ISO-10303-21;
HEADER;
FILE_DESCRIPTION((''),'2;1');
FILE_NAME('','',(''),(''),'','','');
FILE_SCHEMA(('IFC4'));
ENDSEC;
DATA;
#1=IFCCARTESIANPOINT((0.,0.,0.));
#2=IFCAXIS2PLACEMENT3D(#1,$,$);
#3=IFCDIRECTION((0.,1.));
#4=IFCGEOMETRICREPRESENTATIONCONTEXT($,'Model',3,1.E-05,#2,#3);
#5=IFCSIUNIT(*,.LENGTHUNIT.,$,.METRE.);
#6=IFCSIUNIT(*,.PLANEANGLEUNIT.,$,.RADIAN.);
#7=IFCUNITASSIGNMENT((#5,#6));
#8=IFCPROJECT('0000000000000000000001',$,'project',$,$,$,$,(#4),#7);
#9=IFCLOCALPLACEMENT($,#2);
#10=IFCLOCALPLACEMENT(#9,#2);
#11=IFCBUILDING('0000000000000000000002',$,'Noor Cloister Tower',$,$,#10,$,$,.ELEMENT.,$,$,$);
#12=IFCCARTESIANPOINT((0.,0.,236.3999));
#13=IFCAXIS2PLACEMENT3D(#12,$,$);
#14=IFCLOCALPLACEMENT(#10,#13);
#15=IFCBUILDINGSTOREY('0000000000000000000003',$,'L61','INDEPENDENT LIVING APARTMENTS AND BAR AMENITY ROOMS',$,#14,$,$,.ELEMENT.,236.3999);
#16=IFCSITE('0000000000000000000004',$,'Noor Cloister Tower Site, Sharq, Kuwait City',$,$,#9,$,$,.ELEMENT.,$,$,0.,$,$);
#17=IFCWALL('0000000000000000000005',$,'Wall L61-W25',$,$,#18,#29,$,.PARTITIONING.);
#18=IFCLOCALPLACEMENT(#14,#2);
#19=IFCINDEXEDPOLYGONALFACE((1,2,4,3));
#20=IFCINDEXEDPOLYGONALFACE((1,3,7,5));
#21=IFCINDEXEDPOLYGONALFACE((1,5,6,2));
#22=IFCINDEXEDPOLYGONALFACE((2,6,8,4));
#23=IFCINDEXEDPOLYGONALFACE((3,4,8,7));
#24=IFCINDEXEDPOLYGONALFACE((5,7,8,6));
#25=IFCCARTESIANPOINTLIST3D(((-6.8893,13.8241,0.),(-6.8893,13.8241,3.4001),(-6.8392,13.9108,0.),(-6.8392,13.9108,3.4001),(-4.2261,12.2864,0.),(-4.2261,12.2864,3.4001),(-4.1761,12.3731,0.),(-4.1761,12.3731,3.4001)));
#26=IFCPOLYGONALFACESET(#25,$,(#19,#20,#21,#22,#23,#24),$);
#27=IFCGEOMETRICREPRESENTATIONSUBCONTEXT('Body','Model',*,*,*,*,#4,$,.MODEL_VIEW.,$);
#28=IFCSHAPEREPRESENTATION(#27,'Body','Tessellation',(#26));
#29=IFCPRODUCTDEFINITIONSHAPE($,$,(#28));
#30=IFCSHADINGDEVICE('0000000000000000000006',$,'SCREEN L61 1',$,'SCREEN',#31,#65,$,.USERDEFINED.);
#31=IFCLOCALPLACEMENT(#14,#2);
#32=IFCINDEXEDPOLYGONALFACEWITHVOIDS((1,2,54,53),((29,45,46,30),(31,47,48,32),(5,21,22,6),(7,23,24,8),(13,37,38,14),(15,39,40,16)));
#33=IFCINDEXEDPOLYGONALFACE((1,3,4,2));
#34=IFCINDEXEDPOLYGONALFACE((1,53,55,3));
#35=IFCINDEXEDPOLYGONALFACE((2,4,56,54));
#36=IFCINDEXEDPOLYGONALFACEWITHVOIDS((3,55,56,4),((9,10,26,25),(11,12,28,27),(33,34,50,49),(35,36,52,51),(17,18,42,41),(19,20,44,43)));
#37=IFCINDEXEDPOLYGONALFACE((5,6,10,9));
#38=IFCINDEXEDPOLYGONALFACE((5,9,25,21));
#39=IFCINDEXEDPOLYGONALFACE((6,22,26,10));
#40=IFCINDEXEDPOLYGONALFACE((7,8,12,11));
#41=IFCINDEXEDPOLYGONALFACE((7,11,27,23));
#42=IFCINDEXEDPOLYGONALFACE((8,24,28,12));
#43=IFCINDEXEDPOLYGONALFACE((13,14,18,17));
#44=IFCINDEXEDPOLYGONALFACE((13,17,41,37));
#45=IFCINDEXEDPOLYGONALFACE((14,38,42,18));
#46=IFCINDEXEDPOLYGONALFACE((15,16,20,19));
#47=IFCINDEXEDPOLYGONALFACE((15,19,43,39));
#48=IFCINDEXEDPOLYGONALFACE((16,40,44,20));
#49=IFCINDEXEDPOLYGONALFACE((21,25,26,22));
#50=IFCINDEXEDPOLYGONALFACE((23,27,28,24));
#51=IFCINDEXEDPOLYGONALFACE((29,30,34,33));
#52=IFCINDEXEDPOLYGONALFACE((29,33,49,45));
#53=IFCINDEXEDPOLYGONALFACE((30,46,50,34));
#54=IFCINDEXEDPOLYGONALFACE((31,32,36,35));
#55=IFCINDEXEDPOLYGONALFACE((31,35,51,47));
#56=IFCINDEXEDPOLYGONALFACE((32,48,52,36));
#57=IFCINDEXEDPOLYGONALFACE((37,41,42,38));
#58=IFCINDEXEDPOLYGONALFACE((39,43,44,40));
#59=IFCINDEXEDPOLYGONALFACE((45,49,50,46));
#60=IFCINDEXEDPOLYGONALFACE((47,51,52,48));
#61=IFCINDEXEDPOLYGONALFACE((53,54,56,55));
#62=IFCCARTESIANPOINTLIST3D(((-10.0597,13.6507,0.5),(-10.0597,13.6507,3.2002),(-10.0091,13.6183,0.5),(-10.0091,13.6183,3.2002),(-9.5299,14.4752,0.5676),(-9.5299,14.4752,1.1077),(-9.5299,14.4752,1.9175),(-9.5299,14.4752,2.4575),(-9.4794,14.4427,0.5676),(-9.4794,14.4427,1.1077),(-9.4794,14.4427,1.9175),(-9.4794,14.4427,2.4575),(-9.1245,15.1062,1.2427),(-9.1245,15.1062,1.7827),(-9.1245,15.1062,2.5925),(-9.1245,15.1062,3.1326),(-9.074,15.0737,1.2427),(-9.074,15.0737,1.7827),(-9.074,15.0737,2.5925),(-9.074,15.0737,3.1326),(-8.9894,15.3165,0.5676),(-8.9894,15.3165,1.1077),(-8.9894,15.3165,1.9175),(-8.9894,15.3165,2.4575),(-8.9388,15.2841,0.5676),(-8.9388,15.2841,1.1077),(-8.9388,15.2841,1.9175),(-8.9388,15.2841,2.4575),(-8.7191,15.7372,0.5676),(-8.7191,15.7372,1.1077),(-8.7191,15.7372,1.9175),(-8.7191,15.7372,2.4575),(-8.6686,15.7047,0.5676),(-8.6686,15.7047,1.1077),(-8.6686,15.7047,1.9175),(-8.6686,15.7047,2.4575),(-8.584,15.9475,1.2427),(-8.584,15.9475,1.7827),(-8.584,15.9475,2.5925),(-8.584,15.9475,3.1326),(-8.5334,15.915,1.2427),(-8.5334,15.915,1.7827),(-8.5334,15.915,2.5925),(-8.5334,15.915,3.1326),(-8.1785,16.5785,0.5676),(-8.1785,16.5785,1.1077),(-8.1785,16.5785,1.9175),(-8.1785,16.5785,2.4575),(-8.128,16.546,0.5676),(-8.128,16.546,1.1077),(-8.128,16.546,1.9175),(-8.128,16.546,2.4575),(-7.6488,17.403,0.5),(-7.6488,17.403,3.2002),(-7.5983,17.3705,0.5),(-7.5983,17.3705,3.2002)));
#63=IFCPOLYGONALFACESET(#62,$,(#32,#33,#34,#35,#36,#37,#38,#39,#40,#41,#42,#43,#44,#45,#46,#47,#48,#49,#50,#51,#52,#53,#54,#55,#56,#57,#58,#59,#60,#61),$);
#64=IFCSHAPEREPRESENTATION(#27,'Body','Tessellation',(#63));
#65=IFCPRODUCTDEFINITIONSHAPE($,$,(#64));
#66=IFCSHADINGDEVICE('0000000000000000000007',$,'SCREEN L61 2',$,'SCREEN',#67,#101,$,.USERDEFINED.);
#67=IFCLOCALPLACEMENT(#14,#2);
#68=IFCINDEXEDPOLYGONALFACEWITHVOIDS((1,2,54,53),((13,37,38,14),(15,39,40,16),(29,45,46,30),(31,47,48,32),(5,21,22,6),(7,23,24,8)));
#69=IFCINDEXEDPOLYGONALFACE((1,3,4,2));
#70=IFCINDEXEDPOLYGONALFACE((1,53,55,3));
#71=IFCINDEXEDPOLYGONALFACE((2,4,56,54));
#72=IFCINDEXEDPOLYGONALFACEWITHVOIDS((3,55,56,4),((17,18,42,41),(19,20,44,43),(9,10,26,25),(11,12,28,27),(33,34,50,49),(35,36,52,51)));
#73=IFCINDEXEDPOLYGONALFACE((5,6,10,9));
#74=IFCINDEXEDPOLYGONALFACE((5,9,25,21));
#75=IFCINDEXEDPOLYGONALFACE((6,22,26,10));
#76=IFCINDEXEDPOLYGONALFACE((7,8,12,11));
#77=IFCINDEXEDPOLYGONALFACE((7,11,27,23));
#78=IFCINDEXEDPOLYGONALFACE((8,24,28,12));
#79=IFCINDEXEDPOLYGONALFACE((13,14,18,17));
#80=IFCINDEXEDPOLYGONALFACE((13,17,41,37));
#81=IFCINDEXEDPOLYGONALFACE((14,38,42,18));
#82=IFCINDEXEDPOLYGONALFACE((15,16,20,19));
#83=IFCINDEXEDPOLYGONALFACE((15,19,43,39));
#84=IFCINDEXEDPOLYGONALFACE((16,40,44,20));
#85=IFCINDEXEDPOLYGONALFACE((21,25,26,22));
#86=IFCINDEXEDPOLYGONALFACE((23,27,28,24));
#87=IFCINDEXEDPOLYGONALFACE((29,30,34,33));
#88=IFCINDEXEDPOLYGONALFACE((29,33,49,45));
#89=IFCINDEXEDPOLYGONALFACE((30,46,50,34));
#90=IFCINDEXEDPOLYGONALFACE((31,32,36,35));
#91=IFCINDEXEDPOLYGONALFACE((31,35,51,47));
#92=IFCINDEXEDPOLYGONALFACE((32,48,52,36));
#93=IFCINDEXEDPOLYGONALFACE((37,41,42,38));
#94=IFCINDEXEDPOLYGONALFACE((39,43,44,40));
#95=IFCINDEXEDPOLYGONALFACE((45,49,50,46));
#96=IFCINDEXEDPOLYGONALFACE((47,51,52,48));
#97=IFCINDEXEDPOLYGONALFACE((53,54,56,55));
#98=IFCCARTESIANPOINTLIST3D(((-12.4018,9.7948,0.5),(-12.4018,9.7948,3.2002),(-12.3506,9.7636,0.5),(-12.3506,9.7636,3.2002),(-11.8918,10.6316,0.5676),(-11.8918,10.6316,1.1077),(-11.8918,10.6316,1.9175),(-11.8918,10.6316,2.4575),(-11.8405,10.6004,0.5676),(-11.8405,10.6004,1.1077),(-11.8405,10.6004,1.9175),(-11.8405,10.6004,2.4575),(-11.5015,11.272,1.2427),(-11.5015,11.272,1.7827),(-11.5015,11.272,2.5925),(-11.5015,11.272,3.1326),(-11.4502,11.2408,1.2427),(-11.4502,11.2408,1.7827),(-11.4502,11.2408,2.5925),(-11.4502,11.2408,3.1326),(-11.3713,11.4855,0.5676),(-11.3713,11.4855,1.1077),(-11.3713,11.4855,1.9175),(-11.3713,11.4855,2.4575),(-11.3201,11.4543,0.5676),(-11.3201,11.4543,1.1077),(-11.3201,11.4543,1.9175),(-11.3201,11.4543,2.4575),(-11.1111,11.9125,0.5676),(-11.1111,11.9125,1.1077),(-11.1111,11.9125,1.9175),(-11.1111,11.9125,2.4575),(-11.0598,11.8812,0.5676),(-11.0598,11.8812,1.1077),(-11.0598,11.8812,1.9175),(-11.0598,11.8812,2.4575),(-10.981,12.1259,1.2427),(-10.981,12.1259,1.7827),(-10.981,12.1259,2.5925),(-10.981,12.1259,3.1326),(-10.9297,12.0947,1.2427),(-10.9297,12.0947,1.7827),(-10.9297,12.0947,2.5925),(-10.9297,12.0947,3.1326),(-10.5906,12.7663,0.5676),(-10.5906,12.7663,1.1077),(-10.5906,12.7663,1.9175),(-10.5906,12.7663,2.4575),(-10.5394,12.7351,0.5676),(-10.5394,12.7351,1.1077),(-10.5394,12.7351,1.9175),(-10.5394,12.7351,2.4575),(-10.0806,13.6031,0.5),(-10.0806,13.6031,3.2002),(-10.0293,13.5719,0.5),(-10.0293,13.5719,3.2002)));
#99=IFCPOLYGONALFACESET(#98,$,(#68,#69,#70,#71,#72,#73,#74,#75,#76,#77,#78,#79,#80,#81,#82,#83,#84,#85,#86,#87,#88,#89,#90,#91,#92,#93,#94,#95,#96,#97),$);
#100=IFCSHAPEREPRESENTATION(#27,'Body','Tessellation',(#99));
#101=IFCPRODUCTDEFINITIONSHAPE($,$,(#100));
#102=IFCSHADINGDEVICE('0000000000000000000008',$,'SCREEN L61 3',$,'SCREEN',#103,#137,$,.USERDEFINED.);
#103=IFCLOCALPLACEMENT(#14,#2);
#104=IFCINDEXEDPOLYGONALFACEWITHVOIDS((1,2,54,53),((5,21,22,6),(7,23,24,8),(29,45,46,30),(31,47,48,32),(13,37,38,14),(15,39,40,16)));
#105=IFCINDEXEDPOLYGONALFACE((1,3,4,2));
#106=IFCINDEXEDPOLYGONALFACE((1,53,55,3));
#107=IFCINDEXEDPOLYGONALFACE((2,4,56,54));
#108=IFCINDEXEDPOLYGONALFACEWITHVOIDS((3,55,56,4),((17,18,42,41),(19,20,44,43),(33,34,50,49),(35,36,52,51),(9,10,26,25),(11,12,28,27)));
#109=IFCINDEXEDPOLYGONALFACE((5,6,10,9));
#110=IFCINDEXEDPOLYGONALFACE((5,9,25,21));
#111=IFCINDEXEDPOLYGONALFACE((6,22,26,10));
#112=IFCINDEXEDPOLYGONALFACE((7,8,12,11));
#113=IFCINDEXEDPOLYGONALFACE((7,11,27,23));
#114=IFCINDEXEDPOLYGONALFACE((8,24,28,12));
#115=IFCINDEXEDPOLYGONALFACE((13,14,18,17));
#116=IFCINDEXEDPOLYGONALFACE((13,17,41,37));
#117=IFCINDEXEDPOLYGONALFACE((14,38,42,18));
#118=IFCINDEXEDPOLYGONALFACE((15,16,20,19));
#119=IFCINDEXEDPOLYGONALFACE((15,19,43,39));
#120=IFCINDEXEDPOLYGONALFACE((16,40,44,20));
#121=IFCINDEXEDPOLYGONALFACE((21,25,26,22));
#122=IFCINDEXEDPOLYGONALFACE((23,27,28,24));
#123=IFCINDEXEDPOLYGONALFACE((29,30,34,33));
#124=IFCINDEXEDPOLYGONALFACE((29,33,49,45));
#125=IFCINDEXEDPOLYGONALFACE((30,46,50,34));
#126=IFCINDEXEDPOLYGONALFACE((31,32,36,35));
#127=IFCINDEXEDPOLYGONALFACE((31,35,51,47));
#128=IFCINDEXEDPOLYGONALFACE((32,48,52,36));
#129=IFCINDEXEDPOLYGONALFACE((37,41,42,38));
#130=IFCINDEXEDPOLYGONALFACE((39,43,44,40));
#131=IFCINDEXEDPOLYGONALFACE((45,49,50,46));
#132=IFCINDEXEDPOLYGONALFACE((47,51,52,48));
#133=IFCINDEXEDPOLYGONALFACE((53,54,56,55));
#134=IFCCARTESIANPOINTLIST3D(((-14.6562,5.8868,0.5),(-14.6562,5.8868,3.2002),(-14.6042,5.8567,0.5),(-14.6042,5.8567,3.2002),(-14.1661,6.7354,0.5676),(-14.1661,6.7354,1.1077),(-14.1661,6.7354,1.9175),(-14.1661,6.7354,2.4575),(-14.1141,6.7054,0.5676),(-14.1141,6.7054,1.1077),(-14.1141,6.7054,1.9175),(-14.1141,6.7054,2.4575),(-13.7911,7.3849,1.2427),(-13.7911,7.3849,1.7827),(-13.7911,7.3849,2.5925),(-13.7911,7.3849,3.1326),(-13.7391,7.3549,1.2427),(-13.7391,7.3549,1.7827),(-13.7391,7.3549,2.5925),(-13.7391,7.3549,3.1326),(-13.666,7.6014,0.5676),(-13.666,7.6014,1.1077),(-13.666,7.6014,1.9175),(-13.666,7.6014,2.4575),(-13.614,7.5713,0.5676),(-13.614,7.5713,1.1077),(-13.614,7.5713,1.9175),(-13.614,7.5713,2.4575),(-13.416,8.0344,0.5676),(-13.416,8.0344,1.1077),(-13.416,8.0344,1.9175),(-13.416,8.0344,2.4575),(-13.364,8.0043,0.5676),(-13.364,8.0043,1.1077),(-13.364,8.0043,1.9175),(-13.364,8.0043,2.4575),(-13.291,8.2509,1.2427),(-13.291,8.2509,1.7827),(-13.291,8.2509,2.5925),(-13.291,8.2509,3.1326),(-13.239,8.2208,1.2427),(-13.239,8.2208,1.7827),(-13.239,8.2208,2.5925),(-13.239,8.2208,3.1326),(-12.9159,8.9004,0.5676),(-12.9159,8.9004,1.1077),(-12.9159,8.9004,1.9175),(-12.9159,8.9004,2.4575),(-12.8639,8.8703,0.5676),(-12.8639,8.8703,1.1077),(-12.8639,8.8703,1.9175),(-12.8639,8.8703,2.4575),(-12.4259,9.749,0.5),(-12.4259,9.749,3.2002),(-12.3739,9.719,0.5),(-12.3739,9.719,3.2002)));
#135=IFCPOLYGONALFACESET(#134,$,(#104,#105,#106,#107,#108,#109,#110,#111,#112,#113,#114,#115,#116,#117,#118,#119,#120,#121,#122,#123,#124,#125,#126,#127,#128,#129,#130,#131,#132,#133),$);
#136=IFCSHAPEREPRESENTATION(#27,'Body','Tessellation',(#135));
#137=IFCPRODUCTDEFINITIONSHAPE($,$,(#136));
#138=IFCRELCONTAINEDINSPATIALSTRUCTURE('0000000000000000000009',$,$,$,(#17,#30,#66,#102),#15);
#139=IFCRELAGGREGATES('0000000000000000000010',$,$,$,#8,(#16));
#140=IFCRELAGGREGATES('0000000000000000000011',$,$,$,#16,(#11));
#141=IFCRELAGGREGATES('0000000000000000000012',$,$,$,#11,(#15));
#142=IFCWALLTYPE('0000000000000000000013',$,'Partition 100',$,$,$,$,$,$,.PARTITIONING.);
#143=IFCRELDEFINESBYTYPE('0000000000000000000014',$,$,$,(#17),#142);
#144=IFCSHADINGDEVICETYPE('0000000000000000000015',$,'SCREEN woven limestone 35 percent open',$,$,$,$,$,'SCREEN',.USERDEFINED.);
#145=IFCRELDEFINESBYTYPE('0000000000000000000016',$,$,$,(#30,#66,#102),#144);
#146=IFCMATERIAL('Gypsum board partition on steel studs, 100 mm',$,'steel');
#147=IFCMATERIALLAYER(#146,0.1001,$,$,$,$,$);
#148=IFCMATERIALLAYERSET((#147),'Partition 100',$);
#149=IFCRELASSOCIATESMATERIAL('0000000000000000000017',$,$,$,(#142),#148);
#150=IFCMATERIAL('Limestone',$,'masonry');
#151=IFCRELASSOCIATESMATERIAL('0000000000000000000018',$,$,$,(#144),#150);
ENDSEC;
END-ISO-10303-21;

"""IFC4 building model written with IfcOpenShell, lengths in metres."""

from ifc_helpers import new_model, si_unit, direction, frame, frame_2d, origin, place, context, subcontext, project, spatial, polyline, rectangle, outline, extrude, material, layer, layer_set, material_profile, profile_set, type_object, element, save


model = new_model("IFC4")

# Units and contexts
model_context = context("Model", 3, precision=1e-05, world=origin(), true_north=direction((0.0, 1.0)))
body_context = subcontext(model_context, "Body", "Model", "MODEL_VIEW")
ifc_project = project(units=[si_unit("LENGTHUNIT", "METRE"), si_unit("PLANEANGLEUNIT", "RADIAN")], contexts=[model_context])

# Site, building, storey
site_placement = place(None, origin())
site = spatial("IfcSite", under=ifc_project, at=site_placement, Name="Noor Cloister Tower Site, Sharq, Kuwait City", CompositionType="ELEMENT", RefElevation=0.0)
building_placement = place(site_placement, origin())
building = spatial("IfcBuilding", under=site, at=building_placement, Name="Noor Cloister Tower", CompositionType="ELEMENT")
storey_placement = place(building_placement, frame((0.0, 0.0, 236.3999)))
storey = spatial("IfcBuildingStorey", under=building, at=storey_placement, Name="L61", Description="INDEPENDENT LIVING APARTMENTS AND BAR AMENITY ROOMS", CompositionType="ELEMENT", Elevation=236.3999)

# Shared definitions
ifc_material_1 = material(Name="Gypsum board partition on steel studs, 100 mm", Category="steel")
ifc_layer_1 = layer(ifc_material_1, 0.1001)
ifc_layer_set_1 = layer_set([ifc_layer_1], Name="Partition 100")
wall_type_1 = type_object("IfcWallType", Name="Partition 100", PredefinedType="PARTITIONING", material=ifc_layer_set_1)

# Wall
wall_1_placement = place(storey_placement, frame((-6.8643, 13.8674, 0.0), z_axis=(0.0, 0.0, 1.0), x_axis=(0.866016, -0.500016, 0.0)))
element("IfcWall", 1, at=wall_1_placement, inside=storey, type_object=wall_type_1, Name="Wall L61-W25", PredefinedType="PARTITIONING", context=body_context, shape_type="SweptSolid", body=[
    extrude(rectangle(XDim=3.0752, YDim=0.1001, at=frame_2d((1.5376, 0.0))), origin(), (0.0, 0.0, 1.0), 3.4001),
])

# Shading devices
ifc_material_2 = material(Name="Limestone", Category="masonry")
ifc_material_profile_1 = material_profile(ifc_material_2, outline(polyline([(-2.23, -1.3501), (2.23, -1.3501), (2.23, 1.3501), (-2.23, 1.3501), (-2.23, -1.3501)]), holes=[polyline([(-1.25, -1.2825), (-0.25, -1.2825), (-0.25, -0.7424), (-1.25, -0.7424), (-1.25, -1.2825)]), polyline([(0.25, -1.2825), (1.25, -1.2825), (1.25, -0.7424), (0.25, -0.7424), (0.25, -1.2825)]), polyline([(-0.5, -0.6074), (0.5, -0.6074), (0.5, -0.0674), (-0.5, -0.0674), (-0.5, -0.6074)]), polyline([(-1.25, 0.0674), (-0.25, 0.0674), (-0.25, 0.6074), (-1.25, 0.6074), (-1.25, 0.0674)]), polyline([(0.25, 0.0674), (1.25, 0.0674), (1.25, 0.6074), (0.25, 0.6074), (0.25, 0.0674)]), polyline([(-0.5, 0.7424), (0.5, 0.7424), (0.5, 1.2825), (-0.5, 1.2825), (-0.5, 0.7424)])]), Name="Woven screen 35 percent open")
ifc_profile_set_1 = profile_set([ifc_material_profile_1], Name="Limestone")
shading_device_type = type_object("IfcShadingDeviceType", Name="SCREEN woven limestone 35 percent open", ElementType="SCREEN", PredefinedType="USERDEFINED", material=ifc_profile_set_1)
for number, where, z_axis, x_axis, name in (
    (2, (-8.8037, 15.4944, 1.8501), (-0.841311, 0.540552, 0.0), (-0.540552, -0.841311, 0.0), "SCREEN L61 1"),
    (3, (-11.1899, 11.6677, 1.8501), (-0.853884, 0.520463, 0.0), (-0.520463, -0.853884, 0.0), "SCREEN L61 2"),
    (4, (-13.489, 7.7878, 1.8501), (-0.865982, 0.500074, 0.0), (-0.500074, -0.865982, 0.0), "SCREEN L61 3"),
):
    element("IfcShadingDevice", number, at=place(storey_placement, frame(where, z_axis=z_axis, x_axis=x_axis)), inside=storey, type_object=shading_device_type, Name=name, ObjectType="SCREEN", PredefinedType="USERDEFINED", context=body_context, shape_type="SweptSolid", body=[
        extrude(outline(polyline([(-2.23, -1.3501), (2.23, -1.3501), (2.23, 1.3501), (-2.23, 1.3501), (-2.23, -1.3501)]), holes=[polyline([(-1.25, -1.2825), (-0.25, -1.2825), (-0.25, -0.7424), (-1.25, -0.7424), (-1.25, -1.2825)]), polyline([(0.25, -1.2825), (1.25, -1.2825), (1.25, -0.7424), (0.25, -0.7424), (0.25, -1.2825)]), polyline([(-0.5, -0.6074), (0.5, -0.6074), (0.5, -0.0674), (-0.5, -0.0674), (-0.5, -0.6074)]), polyline([(-1.25, 0.0674), (-0.25, 0.0674), (-0.25, 0.6074), (-1.25, 0.6074), (-1.25, 0.0674)]), polyline([(0.25, 0.0674), (1.25, 0.0674), (1.25, 0.6074), (0.25, 0.6074), (0.25, 0.0674)]), polyline([(-0.5, 0.7424), (0.5, 0.7424), (0.5, 1.2825), (-0.5, 1.2825), (-0.5, 0.7424)])]), origin(), (0.0, 0.0, 1.0), 0.0601),
    ])

save(model, "model.ifc")
